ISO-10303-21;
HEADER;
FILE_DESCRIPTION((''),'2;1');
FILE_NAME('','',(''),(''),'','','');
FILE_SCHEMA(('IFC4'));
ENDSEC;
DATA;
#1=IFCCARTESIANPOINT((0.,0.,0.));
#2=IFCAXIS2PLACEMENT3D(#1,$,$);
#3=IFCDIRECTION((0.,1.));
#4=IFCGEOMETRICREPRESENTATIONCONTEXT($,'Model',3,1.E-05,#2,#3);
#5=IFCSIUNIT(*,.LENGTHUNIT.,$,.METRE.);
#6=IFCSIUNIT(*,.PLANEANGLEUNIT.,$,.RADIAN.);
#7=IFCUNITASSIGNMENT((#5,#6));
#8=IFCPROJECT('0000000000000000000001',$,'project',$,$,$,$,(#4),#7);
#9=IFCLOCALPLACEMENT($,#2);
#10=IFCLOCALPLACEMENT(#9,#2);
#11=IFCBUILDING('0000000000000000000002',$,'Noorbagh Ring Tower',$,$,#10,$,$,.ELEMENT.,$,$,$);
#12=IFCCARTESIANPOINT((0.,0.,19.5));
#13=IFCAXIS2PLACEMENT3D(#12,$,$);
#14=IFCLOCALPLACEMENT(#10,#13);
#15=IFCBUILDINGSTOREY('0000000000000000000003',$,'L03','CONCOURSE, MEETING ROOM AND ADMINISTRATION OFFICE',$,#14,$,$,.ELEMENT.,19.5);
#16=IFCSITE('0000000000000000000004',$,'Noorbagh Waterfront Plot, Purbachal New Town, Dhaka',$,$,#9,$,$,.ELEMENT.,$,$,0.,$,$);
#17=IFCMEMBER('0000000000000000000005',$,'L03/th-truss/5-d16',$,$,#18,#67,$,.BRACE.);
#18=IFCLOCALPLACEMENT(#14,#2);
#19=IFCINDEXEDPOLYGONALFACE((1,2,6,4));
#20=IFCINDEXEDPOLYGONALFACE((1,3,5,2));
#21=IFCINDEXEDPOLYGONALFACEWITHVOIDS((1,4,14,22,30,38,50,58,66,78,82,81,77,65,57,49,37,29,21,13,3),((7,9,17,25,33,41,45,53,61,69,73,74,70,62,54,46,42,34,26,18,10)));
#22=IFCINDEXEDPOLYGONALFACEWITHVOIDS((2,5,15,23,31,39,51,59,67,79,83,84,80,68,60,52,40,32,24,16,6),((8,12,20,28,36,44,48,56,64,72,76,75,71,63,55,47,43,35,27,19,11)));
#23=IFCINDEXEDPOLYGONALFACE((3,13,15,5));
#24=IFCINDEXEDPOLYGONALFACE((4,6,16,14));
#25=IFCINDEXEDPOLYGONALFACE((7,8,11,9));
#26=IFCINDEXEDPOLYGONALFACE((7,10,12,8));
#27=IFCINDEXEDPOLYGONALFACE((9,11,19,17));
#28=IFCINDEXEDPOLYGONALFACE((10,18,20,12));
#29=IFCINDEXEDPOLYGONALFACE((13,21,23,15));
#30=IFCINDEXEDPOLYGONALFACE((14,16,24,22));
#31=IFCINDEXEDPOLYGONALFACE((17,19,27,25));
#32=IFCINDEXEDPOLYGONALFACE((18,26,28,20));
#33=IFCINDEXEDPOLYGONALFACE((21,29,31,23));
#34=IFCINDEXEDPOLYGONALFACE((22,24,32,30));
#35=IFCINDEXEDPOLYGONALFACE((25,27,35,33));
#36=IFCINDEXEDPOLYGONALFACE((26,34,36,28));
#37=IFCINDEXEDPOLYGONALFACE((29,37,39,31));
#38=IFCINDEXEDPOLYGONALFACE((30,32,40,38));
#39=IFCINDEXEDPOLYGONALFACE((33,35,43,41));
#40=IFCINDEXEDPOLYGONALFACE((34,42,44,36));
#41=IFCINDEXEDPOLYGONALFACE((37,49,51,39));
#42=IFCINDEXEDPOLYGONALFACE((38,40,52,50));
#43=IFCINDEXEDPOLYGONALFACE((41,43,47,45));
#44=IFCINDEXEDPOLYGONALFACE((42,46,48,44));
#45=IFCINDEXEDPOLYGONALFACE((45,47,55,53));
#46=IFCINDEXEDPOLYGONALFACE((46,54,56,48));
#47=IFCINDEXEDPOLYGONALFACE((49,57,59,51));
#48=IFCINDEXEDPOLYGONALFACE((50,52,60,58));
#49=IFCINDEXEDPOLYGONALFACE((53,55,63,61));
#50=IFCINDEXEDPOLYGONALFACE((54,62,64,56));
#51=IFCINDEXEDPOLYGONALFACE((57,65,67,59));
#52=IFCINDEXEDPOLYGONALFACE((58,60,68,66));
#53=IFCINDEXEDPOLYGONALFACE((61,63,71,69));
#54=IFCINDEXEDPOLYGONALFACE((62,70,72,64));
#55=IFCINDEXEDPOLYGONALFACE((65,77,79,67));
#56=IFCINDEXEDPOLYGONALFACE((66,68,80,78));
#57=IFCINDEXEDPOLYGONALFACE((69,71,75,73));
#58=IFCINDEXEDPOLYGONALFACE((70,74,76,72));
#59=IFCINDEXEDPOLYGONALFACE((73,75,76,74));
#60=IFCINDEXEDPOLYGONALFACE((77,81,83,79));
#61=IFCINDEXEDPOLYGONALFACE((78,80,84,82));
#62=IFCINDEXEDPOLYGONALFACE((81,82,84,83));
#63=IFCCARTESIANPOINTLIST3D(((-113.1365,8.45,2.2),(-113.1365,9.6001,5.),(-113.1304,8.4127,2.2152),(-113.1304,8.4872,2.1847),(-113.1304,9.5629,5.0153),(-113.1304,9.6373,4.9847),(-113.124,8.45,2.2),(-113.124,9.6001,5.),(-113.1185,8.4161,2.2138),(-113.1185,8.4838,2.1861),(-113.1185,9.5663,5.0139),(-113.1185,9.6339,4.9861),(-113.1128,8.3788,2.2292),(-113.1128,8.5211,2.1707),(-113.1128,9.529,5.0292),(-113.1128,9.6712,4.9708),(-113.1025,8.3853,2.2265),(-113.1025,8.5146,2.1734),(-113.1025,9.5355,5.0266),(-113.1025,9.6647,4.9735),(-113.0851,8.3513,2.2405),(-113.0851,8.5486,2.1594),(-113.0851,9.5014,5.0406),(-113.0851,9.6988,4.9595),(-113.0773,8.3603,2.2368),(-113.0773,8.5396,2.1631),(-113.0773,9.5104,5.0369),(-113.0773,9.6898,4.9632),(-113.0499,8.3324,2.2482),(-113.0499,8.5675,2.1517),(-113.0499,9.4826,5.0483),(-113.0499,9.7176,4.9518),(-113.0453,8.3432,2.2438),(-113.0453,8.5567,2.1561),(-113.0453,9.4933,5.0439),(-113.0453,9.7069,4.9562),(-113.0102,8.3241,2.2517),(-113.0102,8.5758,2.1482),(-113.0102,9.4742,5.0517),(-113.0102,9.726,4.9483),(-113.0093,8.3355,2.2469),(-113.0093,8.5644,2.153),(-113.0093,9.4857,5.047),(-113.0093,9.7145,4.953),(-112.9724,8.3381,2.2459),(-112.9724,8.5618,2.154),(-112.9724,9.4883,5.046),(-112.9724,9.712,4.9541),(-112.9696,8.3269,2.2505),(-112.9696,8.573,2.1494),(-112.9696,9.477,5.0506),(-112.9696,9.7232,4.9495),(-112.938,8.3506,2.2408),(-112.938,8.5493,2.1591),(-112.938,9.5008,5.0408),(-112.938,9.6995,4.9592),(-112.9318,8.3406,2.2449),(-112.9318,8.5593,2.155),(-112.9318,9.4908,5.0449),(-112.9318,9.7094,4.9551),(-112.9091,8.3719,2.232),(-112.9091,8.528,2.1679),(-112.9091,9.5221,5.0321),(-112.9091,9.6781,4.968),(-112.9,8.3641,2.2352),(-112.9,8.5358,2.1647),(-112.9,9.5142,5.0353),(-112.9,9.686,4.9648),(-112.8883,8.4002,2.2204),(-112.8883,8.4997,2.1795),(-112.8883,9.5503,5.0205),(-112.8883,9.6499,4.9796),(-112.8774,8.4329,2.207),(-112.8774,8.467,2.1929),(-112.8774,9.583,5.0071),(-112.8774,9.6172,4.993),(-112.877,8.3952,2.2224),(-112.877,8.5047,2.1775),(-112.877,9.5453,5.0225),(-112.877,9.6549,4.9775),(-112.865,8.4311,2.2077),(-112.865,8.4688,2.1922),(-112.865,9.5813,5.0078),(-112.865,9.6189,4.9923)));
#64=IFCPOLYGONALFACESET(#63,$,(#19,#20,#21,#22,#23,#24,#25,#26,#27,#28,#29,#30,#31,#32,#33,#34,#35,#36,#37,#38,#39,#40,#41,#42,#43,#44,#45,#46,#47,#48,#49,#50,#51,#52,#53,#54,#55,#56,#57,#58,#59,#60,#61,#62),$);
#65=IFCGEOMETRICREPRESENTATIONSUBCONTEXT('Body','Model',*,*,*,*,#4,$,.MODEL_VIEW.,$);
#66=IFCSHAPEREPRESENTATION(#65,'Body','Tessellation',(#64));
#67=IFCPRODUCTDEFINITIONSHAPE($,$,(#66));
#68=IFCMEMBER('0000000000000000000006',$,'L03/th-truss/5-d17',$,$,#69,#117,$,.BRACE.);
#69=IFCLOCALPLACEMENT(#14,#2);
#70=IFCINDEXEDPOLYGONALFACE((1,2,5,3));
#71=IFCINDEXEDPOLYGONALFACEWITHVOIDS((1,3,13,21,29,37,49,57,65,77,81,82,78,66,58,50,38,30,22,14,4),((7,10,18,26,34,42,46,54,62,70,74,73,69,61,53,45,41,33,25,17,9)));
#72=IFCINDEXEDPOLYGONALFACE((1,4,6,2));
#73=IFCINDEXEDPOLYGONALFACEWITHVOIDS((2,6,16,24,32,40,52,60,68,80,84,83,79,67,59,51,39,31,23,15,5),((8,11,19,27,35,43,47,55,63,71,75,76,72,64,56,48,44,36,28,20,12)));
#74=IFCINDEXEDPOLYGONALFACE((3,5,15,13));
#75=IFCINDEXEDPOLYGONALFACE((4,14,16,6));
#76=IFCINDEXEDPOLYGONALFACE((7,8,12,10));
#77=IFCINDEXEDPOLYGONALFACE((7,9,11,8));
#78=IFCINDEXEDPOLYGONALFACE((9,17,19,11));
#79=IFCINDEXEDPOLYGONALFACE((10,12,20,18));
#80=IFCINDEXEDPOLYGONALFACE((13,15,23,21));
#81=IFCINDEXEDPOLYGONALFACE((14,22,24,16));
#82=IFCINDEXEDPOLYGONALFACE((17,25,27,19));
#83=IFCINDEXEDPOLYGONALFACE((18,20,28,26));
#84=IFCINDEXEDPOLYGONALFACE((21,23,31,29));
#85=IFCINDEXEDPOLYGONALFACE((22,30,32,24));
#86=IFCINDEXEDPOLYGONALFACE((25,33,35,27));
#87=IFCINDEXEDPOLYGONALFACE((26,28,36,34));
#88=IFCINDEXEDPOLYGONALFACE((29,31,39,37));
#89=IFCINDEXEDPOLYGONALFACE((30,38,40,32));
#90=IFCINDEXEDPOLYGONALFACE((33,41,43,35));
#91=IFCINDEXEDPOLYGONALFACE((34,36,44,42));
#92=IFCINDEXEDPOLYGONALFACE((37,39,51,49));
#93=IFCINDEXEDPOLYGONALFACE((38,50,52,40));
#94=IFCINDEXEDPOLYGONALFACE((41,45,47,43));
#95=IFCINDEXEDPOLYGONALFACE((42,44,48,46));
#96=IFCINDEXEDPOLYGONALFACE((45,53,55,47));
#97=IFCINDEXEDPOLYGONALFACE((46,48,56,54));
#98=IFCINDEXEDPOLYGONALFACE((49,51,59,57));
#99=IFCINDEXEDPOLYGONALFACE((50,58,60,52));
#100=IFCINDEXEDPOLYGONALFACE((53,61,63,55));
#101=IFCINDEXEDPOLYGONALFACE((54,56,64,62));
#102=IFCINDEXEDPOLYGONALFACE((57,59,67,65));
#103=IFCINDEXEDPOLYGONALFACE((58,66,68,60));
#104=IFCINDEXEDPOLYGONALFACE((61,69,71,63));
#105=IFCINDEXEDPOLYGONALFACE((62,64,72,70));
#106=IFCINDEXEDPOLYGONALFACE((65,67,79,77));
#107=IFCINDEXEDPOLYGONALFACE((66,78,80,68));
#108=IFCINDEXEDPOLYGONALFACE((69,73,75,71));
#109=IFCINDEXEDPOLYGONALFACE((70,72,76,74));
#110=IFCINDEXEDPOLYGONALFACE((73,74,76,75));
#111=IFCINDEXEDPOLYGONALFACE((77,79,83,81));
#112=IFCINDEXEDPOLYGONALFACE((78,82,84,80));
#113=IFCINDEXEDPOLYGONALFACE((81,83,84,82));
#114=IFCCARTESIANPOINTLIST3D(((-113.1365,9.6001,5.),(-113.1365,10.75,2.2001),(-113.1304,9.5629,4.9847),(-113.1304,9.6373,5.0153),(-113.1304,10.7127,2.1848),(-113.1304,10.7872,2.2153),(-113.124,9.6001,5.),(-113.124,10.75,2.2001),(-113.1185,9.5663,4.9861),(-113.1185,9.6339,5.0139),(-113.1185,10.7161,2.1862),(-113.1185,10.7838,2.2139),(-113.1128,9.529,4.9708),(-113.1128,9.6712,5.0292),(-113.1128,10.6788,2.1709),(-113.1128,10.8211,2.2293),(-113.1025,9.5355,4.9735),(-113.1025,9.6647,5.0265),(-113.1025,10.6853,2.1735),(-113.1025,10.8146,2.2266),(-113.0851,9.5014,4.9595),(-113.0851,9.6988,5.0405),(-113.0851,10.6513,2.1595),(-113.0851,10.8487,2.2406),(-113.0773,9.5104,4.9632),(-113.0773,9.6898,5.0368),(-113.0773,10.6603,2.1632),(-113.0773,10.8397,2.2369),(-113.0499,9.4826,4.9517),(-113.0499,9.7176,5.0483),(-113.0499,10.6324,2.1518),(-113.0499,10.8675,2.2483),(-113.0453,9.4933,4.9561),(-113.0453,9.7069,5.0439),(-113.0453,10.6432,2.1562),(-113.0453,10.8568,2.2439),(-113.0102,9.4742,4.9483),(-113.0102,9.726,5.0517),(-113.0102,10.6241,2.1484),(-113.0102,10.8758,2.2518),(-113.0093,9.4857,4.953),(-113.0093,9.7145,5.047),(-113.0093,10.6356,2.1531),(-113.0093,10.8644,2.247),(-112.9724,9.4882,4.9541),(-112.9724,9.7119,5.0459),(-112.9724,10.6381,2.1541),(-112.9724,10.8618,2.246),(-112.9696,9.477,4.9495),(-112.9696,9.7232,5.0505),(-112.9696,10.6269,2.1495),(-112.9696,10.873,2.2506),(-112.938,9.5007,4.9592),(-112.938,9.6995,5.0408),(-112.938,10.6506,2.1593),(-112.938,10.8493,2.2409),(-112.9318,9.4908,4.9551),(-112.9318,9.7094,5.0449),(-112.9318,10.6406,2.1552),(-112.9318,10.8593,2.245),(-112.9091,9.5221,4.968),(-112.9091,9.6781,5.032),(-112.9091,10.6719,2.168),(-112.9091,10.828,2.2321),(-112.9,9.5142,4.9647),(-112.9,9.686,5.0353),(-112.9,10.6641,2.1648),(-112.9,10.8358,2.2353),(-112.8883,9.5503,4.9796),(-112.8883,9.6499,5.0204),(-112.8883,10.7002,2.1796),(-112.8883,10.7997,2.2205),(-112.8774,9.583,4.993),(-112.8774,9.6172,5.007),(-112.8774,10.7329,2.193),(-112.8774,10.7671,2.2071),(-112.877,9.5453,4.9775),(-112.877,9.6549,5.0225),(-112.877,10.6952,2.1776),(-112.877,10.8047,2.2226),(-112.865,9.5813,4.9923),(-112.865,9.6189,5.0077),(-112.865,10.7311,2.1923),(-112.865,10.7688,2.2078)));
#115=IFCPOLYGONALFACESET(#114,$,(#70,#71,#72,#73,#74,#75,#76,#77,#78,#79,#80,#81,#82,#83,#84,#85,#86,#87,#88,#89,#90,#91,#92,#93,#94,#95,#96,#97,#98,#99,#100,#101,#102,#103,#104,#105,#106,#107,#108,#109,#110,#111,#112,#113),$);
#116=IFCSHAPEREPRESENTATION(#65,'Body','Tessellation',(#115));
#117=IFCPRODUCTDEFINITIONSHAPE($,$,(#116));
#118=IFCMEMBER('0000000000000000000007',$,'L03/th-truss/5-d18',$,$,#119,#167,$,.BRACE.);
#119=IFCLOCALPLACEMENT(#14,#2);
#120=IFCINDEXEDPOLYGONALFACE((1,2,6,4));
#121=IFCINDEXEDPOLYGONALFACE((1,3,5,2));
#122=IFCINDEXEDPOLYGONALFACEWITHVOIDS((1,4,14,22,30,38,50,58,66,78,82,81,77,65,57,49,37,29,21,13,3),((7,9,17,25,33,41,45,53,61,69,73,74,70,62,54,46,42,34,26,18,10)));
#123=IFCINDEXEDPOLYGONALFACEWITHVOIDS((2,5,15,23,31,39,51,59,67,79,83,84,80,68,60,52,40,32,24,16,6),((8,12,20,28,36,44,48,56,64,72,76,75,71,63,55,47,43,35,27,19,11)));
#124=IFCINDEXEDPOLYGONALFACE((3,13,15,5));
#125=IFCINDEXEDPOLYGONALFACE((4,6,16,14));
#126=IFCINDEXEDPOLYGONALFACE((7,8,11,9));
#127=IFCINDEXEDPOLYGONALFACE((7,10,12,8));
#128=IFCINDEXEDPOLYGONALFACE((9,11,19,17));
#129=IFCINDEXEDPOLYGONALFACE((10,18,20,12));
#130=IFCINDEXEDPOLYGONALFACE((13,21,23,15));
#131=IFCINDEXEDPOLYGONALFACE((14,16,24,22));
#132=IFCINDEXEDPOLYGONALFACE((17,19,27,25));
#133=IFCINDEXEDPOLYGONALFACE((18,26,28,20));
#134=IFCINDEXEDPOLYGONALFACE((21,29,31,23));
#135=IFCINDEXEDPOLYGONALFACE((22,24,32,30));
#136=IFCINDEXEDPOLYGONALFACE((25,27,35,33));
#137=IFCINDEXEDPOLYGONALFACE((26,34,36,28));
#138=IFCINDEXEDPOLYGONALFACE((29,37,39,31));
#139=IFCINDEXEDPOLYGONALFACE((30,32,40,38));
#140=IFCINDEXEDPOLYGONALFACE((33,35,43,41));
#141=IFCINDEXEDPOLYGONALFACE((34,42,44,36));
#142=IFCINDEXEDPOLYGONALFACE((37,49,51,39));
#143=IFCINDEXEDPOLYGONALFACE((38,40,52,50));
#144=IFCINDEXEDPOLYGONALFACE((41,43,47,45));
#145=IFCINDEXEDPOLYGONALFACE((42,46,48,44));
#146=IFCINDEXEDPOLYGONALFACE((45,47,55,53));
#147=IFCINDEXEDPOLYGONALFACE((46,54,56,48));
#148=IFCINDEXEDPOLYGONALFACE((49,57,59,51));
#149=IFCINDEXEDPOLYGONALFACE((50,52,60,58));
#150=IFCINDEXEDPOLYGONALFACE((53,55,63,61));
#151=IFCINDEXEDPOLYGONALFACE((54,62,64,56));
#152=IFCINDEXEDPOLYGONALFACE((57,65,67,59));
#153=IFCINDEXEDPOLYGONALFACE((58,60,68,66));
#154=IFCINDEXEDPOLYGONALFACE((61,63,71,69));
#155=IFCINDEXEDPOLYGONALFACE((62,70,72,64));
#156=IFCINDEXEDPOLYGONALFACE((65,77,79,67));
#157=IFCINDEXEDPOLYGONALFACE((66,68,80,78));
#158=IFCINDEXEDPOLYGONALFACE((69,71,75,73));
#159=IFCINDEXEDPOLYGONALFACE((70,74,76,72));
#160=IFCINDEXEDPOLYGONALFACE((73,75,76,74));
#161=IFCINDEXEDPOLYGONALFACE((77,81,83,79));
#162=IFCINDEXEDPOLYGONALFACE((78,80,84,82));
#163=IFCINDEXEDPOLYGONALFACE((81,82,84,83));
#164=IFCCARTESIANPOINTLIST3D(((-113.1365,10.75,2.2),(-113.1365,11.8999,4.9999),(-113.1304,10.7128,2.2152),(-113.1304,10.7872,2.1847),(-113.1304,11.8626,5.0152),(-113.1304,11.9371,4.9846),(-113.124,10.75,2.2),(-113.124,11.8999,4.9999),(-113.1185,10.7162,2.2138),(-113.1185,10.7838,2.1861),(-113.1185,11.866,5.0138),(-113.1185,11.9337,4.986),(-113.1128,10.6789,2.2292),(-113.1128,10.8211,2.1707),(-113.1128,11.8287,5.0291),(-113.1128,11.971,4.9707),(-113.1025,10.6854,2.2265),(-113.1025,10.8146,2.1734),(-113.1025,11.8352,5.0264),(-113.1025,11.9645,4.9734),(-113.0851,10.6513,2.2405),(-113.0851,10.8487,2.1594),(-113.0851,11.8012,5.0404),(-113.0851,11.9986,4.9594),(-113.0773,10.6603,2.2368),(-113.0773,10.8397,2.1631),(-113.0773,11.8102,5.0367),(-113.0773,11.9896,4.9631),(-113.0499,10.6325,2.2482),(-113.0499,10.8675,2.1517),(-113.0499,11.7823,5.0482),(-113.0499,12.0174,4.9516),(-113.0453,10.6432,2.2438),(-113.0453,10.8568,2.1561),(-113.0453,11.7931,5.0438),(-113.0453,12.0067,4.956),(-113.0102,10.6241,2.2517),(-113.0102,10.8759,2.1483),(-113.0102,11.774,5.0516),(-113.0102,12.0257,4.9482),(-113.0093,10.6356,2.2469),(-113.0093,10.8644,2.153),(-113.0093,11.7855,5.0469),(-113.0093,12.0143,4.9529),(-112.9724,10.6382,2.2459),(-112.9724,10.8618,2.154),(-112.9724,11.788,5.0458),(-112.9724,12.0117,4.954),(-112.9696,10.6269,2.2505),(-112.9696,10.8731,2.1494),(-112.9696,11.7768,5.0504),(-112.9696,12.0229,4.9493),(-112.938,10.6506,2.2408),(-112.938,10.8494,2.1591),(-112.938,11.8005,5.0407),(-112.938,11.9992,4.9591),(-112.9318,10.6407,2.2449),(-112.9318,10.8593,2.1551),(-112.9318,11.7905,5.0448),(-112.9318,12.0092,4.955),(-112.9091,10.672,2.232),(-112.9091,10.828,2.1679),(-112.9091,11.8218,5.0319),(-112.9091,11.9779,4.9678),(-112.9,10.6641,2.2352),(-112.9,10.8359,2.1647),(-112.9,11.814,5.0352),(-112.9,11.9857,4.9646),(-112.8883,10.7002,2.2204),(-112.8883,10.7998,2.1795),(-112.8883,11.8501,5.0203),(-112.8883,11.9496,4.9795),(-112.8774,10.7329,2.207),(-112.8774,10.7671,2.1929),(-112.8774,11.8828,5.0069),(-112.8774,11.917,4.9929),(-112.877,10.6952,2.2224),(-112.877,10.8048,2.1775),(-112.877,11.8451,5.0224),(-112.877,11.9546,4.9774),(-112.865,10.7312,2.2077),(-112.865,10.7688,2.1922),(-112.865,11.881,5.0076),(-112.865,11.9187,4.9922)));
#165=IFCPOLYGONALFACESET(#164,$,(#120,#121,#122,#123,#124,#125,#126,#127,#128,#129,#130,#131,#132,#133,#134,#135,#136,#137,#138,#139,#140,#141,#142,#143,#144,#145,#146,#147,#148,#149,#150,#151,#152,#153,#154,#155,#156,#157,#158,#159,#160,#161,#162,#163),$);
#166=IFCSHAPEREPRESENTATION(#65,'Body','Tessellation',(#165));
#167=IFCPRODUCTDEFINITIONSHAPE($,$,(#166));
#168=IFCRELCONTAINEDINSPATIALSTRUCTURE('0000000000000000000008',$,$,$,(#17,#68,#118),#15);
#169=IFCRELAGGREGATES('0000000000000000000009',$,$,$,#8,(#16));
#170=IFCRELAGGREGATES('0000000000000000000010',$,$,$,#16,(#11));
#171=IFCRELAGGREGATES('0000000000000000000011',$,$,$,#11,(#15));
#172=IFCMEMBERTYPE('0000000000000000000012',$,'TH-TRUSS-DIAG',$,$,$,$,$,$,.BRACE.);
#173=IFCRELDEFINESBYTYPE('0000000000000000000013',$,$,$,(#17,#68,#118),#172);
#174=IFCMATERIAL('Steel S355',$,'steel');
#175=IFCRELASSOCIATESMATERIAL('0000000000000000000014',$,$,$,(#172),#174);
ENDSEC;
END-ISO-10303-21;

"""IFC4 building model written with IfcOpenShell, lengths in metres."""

from ifc_helpers import new_model, si_unit, direction, frame, origin, origin_2d, place, context, subcontext, project, spatial, hollow_circle, extrude, material, material_profile, profile_set, type_object, element, save


model = new_model("IFC4")

# Units and contexts
model_context = context("Model", 3, precision=1e-05, world=origin(), true_north=direction((0.0, 1.0)))
body_context = subcontext(model_context, "Body", "Model", "MODEL_VIEW")
ifc_project = project(units=[si_unit("LENGTHUNIT", "METRE"), si_unit("PLANEANGLEUNIT", "RADIAN")], contexts=[model_context])

# Site, building, storey
site_placement = place(None, origin())
site = spatial("IfcSite", under=ifc_project, at=site_placement, Name="Noorbagh Waterfront Plot, Purbachal New Town, Dhaka", CompositionType="ELEMENT", RefElevation=0.0)
building_placement = place(site_placement, origin())
building = spatial("IfcBuilding", under=site, at=building_placement, Name="Noorbagh Ring Tower", CompositionType="ELEMENT")
storey_placement = place(building_placement, frame((0.0, 0.0, 19.5)))
storey = spatial("IfcBuildingStorey", under=building, at=storey_placement, Name="L03", Description="CONCOURSE, MEETING ROOM AND ADMINISTRATION OFFICE", CompositionType="ELEMENT", Elevation=19.5)

# Members
ifc_material_1 = material(Name="Steel S355", Category="steel")
ifc_material_profile = material_profile(ifc_material_1, hollow_circle(Radius=0.1365, WallThickness=0.0125, at=origin_2d()), Name="CHS273x12.5")
ifc_profile_set = profile_set([ifc_material_profile], Name="Steel S355")
member_type = type_object("IfcMemberType", Name="TH-TRUSS-DIAG", PredefinedType="BRACE", material=ifc_profile_set)
for number, where, z_axis, x_axis, name in (
    (1, (-113.0, 8.45, 2.2), (0.0, 0.379955, 0.925005), (-1.0, 0.0, 0.0), "L03/th-truss/5-d16"),
):
    element("IfcMember", number, at=place(storey_placement, frame(where, z_axis=z_axis, x_axis=x_axis)), inside=storey, type_object=member_type, Name=name, PredefinedType="BRACE", context=body_context, shape_type="SweptSolid", body=[
        extrude(hollow_circle(Radius=0.1365, WallThickness=0.0125, at=origin_2d()), origin(), (0.0, 0.0, 1.0), 3.0271),
    ])
for number, where, z_axis, x_axis, name in (
    (2, (-113.0, 9.6001, 5.0), (0.0, 0.379886, -0.925033), (-1.0, 0.0, 0.0), "L03/th-truss/5-d17"),
    (3, (-113.0, 10.75, 2.2), (0.0, 0.379886, 0.925033), (-1.0, 0.0, 0.0), "L03/th-truss/5-d18"),
):
    element("IfcMember", number, at=place(storey_placement, frame(where, z_axis=z_axis, x_axis=x_axis)), inside=storey, type_object=member_type, Name=name, PredefinedType="BRACE", context=body_context, shape_type="SweptSolid", body=[
        extrude(hollow_circle(Radius=0.1365, WallThickness=0.0125, at=origin_2d()), origin(), (0.0, 0.0, 1.0), 3.0269),
    ])

save(model, "model.ifc")
